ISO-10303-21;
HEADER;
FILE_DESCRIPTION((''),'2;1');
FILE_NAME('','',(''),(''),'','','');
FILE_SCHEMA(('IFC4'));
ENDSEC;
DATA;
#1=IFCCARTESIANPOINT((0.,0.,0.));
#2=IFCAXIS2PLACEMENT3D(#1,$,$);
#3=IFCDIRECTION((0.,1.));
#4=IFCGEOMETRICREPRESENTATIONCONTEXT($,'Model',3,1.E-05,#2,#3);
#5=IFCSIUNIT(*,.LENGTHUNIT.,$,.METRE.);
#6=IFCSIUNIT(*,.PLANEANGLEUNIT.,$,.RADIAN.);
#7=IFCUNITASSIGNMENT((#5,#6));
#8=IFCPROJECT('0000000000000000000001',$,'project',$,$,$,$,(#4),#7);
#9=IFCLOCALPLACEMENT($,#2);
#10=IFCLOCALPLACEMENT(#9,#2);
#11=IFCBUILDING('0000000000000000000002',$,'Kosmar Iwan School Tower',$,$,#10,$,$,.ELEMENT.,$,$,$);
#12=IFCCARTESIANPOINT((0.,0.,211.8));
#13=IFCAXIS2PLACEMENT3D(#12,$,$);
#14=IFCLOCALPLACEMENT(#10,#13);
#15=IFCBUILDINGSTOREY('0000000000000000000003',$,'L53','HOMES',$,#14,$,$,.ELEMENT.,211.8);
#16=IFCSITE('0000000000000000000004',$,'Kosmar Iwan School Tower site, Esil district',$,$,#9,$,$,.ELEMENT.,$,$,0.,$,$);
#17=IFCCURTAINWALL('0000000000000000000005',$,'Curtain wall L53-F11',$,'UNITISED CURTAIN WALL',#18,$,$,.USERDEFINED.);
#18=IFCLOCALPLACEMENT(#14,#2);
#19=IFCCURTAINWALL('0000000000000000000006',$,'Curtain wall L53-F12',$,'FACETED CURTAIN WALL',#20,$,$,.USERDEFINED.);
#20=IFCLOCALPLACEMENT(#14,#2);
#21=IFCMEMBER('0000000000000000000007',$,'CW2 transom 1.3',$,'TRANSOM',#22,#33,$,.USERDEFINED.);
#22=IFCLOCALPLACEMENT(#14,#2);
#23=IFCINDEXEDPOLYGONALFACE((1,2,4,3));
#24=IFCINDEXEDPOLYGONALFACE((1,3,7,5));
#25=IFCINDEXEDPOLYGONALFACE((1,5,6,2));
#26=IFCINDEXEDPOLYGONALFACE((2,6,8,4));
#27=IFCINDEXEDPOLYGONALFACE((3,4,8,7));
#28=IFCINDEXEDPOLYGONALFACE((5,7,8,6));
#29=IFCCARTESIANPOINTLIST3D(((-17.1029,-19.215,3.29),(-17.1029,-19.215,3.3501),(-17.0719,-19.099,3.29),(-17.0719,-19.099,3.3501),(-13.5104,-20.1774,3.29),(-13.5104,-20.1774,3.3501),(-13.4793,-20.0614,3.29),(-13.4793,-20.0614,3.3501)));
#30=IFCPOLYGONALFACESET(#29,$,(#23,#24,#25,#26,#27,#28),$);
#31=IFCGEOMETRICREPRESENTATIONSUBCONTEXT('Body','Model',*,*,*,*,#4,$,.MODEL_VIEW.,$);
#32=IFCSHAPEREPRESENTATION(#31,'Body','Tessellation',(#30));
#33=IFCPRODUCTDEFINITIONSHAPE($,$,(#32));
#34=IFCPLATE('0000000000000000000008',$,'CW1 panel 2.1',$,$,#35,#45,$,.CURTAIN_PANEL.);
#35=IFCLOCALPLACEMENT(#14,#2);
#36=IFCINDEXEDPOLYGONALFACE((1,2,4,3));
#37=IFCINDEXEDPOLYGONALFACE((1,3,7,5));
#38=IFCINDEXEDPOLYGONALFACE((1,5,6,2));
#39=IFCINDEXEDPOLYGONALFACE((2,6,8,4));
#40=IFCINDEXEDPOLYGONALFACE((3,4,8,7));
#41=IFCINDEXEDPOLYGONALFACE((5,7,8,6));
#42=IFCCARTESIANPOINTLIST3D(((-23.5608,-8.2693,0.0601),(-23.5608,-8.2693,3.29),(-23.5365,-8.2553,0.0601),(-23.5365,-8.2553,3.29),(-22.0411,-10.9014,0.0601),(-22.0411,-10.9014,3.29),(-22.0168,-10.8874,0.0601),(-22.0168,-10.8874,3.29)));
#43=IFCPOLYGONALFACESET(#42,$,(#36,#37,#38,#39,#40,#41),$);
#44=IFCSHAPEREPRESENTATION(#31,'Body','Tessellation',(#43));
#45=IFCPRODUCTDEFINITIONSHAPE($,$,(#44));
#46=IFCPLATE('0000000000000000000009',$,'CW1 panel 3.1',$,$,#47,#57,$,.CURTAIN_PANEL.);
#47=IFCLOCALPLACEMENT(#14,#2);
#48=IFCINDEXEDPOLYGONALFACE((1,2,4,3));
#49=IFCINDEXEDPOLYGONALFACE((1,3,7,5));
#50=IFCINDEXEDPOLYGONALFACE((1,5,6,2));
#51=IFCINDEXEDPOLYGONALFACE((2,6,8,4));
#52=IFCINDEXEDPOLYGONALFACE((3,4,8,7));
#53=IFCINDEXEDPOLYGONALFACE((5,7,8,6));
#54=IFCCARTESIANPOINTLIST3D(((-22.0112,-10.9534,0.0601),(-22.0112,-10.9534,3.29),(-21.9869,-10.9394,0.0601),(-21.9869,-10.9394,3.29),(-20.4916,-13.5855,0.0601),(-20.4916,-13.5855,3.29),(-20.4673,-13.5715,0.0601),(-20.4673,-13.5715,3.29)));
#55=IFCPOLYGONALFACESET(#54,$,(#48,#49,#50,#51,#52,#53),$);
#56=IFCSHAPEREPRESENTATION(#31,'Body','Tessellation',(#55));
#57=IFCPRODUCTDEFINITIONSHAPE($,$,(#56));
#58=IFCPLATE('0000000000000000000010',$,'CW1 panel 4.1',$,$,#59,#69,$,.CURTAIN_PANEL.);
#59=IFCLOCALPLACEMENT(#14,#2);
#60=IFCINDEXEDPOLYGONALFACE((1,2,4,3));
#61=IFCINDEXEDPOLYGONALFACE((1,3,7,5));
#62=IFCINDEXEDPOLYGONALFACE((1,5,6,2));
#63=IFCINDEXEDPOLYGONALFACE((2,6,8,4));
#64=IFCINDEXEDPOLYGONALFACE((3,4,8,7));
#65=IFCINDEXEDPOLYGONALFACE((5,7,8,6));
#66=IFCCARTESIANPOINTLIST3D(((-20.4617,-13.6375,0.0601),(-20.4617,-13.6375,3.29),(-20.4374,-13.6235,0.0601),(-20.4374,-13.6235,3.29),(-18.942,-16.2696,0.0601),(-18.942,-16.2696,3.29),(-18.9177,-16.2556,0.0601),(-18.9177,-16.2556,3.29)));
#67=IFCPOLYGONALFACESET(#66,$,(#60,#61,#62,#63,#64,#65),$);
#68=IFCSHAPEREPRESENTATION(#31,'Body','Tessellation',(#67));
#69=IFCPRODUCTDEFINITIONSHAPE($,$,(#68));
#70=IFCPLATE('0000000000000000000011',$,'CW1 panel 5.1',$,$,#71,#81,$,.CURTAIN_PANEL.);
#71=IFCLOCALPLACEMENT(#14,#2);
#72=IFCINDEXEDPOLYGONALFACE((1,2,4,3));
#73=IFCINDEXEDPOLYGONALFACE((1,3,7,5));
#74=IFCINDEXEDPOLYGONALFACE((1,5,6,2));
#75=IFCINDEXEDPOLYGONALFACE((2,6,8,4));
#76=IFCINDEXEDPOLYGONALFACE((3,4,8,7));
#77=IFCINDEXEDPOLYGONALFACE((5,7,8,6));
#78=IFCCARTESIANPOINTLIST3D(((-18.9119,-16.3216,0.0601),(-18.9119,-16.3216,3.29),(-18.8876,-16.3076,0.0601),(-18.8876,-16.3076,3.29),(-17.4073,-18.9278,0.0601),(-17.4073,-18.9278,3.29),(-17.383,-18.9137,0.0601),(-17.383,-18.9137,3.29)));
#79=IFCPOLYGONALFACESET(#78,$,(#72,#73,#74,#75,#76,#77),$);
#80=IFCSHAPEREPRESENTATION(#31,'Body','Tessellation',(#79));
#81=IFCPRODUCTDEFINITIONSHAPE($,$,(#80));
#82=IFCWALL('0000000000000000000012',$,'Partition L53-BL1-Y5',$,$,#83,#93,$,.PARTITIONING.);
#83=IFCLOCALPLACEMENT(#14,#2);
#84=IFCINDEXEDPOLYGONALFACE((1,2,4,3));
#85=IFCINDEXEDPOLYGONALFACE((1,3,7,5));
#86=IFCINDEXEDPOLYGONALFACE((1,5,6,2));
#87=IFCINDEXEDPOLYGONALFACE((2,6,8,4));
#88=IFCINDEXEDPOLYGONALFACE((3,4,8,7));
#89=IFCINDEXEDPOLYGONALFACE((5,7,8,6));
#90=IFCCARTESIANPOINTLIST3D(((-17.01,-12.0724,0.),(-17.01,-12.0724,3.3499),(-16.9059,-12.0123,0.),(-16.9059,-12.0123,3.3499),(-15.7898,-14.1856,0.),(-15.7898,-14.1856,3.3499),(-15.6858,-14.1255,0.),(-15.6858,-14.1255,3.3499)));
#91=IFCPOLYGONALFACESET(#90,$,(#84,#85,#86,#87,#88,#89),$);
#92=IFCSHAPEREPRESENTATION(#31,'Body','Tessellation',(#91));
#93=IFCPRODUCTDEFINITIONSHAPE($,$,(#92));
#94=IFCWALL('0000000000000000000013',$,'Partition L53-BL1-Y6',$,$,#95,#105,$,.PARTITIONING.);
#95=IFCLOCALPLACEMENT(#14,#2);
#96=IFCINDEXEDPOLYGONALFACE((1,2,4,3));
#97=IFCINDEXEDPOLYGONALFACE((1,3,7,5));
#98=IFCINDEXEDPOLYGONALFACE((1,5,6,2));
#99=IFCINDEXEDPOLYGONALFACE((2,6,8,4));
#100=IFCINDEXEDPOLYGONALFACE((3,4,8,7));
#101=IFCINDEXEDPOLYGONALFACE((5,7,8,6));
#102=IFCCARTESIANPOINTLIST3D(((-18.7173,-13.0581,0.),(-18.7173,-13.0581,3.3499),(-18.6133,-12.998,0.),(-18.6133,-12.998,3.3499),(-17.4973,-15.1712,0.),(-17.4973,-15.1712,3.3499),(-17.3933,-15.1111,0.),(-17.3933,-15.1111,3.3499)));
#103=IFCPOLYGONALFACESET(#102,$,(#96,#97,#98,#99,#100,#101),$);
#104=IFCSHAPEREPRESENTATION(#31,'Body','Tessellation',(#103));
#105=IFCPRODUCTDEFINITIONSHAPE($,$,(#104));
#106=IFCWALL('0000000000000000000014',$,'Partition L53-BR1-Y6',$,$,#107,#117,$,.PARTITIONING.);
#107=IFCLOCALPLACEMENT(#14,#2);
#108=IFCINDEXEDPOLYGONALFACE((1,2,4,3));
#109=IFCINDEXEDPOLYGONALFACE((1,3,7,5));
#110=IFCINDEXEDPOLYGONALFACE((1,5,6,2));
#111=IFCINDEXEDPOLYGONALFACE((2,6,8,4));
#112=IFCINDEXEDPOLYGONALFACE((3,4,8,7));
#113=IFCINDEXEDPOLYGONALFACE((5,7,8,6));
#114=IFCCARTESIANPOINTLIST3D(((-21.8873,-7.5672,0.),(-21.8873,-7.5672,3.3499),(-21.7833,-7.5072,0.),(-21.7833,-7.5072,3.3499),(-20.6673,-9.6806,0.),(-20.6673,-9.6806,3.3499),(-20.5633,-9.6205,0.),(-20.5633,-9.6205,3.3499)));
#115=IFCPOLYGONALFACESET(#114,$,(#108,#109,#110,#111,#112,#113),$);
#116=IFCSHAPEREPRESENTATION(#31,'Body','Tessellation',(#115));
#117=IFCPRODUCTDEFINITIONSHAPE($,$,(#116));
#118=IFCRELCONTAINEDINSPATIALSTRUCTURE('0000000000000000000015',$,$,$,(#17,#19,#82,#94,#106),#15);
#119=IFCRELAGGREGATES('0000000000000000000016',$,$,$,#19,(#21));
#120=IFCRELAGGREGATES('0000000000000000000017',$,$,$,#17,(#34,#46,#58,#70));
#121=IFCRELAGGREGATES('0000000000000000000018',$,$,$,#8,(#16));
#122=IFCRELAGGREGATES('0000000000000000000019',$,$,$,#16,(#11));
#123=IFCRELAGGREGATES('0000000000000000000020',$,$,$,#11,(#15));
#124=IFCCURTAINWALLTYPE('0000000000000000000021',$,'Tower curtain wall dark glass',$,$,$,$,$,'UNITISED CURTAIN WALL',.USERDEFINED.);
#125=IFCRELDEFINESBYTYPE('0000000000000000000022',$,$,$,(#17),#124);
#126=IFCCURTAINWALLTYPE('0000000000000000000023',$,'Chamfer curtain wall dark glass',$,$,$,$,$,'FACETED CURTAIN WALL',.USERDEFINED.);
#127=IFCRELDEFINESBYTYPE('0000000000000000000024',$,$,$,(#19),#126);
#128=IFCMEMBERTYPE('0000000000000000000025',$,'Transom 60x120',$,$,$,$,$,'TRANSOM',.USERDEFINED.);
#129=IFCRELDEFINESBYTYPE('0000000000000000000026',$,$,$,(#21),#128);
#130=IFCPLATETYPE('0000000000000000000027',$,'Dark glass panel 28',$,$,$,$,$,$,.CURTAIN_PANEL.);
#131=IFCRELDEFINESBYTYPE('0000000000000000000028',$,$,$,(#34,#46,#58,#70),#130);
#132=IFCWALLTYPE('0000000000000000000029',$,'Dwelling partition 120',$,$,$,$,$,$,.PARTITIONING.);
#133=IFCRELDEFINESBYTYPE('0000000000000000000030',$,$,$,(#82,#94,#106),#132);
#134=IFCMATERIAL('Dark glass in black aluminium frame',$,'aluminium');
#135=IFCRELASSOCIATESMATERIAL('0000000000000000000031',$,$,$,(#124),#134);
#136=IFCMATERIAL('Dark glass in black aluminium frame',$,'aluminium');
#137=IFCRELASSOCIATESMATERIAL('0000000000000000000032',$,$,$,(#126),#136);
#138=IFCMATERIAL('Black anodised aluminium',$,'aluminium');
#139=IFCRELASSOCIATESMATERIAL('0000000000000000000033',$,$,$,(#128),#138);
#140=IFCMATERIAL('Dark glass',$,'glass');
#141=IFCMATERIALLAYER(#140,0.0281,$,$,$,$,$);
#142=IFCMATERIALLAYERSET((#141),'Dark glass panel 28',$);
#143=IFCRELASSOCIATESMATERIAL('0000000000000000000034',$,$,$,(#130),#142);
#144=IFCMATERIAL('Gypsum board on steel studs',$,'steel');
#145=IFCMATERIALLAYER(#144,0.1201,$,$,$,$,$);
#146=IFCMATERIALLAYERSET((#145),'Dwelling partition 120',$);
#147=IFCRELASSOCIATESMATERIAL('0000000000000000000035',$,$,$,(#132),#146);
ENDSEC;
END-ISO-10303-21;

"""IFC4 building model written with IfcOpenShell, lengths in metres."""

from ifc_helpers import new_model, si_unit, direction, frame, frame_2d, origin, origin_2d, place, context, subcontext, project, spatial, rectangle, extrude, material, layer, layer_set, material_profile, profile_set, type_object, element, aggregate, save


model = new_model("IFC4")

# Units and contexts
model_context = context("Model", 3, precision=1e-05, world=origin(), true_north=direction((0.0, 1.0)))
body_context = subcontext(model_context, "Body", "Model", "MODEL_VIEW")
ifc_project = project(units=[si_unit("LENGTHUNIT", "METRE"), si_unit("PLANEANGLEUNIT", "RADIAN")], contexts=[model_context])

# Site, building, storey
site_placement = place(None, origin())
site = spatial("IfcSite", under=ifc_project, at=site_placement, Name="Kosmar Iwan School Tower site, Esil district", CompositionType="ELEMENT", RefElevation=0.0)
building_placement = place(site_placement, origin())
building = spatial("IfcBuilding", under=site, at=building_placement, Name="Kosmar Iwan School Tower", CompositionType="ELEMENT")
storey_placement = place(building_placement, frame((0.0, 0.0, 211.8)))
storey = spatial("IfcBuildingStorey", under=building, at=storey_placement, Name="L53", Description="HOMES", CompositionType="ELEMENT", Elevation=211.8)

# Curtain wall
ifc_material_1 = material(Name="Dark glass in black aluminium frame", Category="aluminium")
curtain_wall_type_1 = type_object("IfcCurtainWallType", Name="Tower curtain wall dark glass", ElementType="UNITISED CURTAIN WALL", PredefinedType="USERDEFINED", material=ifc_material_1)
curtain_wall_1_placement = place(storey_placement, origin())
curtain_wall_1 = element("IfcCurtainWall", 1, at=curtain_wall_1_placement, inside=storey, type_object=curtain_wall_type_1, Name="Curtain wall L53-F11", ObjectType="UNITISED CURTAIN WALL", PredefinedType="USERDEFINED")

# Curtain wall
ifc_material_2 = material(Name="Dark glass in black aluminium frame", Category="aluminium")
curtain_wall_type_2 = type_object("IfcCurtainWallType", Name="Chamfer curtain wall dark glass", ElementType="FACETED CURTAIN WALL", PredefinedType="USERDEFINED", material=ifc_material_2)
curtain_wall_2_placement = place(storey_placement, origin())
curtain_wall_2 = element("IfcCurtainWall", 2, at=curtain_wall_2_placement, inside=storey, type_object=curtain_wall_type_2, Name="Curtain wall L53-F12", ObjectType="FACETED CURTAIN WALL", PredefinedType="USERDEFINED")

# Member
ifc_material_3 = material(Name="Black anodised aluminium", Category="aluminium")
ifc_material_profile_1 = material_profile(ifc_material_3, rectangle(XDim=0.1201, YDim=0.0601, at=origin_2d()), Name="TRANSOM 60x120")
ifc_profile_set_1 = profile_set([ifc_material_profile_1], Name="Black anodised aluminium")
member_type_1 = type_object("IfcMemberType", Name="Transom 60x120", ElementType="TRANSOM", PredefinedType="USERDEFINED", material=ifc_profile_set_1)
member_1_placement = place(storey_placement, frame((-17.0874, -19.157, 3.3201), z_axis=(0.96594, -0.258766, 0.0), x_axis=(0.258766, 0.96594, 0.0)))
member_1 = element("IfcMember", 3, at=member_1_placement, type_object=member_type_1, Name="CW2 transom 1.3", ObjectType="TRANSOM", PredefinedType="USERDEFINED", context=body_context, shape_type="SweptSolid", body=[
    extrude(rectangle(XDim=0.1201, YDim=0.0601, at=origin_2d()), origin(), (0.0, 0.0, 1.0), 3.7192),
])
aggregate(curtain_wall_2, [member_1])

# Plates
ifc_material_4 = material(Name="Dark glass", Category="glass")
ifc_layer_1 = layer(ifc_material_4, 0.0281)
ifc_layer_set_1 = layer_set([ifc_layer_1], Name="Dark glass panel 28")
plate_type = type_object("IfcPlateType", Name="Dark glass panel 28", PredefinedType="CURTAIN_PANEL", material=ifc_layer_set_1)
plate_1_placement = place(storey_placement, frame((-22.7888, -9.5784, 0.0601), z_axis=(0.0, 0.0, 1.0), x_axis=(0.5, -0.866025, 0.0)))
plate_1 = element("IfcPlate", 4, at=plate_1_placement, type_object=plate_type, Name="CW1 panel 2.1", PredefinedType="CURTAIN_PANEL", context=body_context, shape_type="SweptSolid", body=[
    extrude(rectangle(XDim=3.0393, YDim=0.0281, at=origin_2d()), origin(), (0.0, 0.0, 1.0), 3.23),
])
plate_2_placement = place(storey_placement, frame((-21.2393, -12.2625, 0.0601), z_axis=(0.0, 0.0, 1.0), x_axis=(0.5, -0.866025, 0.0)))
plate_2 = element("IfcPlate", 5, at=plate_2_placement, type_object=plate_type, Name="CW1 panel 3.1", PredefinedType="CURTAIN_PANEL", context=body_context, shape_type="SweptSolid", body=[
    extrude(rectangle(XDim=3.0393, YDim=0.0281, at=origin_2d()), origin(), (0.0, 0.0, 1.0), 3.23),
])
plate_3_placement = place(storey_placement, frame((-19.6897, -14.9465, 0.0601), z_axis=(0.0, 0.0, 1.0), x_axis=(0.5, -0.866025, 0.0)))
plate_3 = element("IfcPlate", 6, at=plate_3_placement, type_object=plate_type, Name="CW1 panel 4.1", PredefinedType="CURTAIN_PANEL", context=body_context, shape_type="SweptSolid", body=[
    extrude(rectangle(XDim=3.0393, YDim=0.0281, at=origin_2d()), origin(), (0.0, 0.0, 1.0), 3.23),
])
plate_4_placement = place(storey_placement, frame((-18.1475, -17.6177, 0.0601), z_axis=(0.0, 0.0, 1.0), x_axis=(0.5, -0.866025, 0.0)))
plate_4 = element("IfcPlate", 7, at=plate_4_placement, type_object=plate_type, Name="CW1 panel 5.1", PredefinedType="CURTAIN_PANEL", context=body_context, shape_type="SweptSolid", body=[
    extrude(rectangle(XDim=3.0093, YDim=0.0281, at=origin_2d()), origin(), (0.0, 0.0, 1.0), 3.23),
])
aggregate(curtain_wall_1, [plate_1, plate_2, plate_3, plate_4])

# Walls
ifc_material_5 = material(Name="Gypsum board on steel studs", Category="steel")
ifc_layer_2 = layer(ifc_material_5, 0.1201)
ifc_layer_set_2 = layer_set([ifc_layer_2], Name="Dwelling partition 120")
wall_type = type_object("IfcWallType", Name="Dwelling partition 120", PredefinedType="PARTITIONING", material=ifc_layer_set_2)
wall_1_placement = place(storey_placement, frame((-16.958, -12.0422, 0.0), z_axis=(0.0, 0.0, 1.0), x_axis=(0.500034, -0.866006, 0.0)))
element("IfcWall", 8, at=wall_1_placement, inside=storey, type_object=wall_type, Name="Partition L53-BL1-Y5", PredefinedType="PARTITIONING", context=body_context, shape_type="SweptSolid", body=[
    extrude(rectangle(XDim=2.4402, YDim=0.1201, at=frame_2d((1.2202, 0.0))), origin(), (0.0, 0.0, 1.0), 3.3499),
])
wall_2_placement = place(storey_placement, frame((-18.6653, -13.0281, 0.0), z_axis=(0.0, 0.0, 1.0), x_axis=(0.500003, -0.866024, 0.0)))
element("IfcWall", 9, at=wall_2_placement, inside=storey, type_object=wall_type, Name="Partition L53-BL1-Y6", PredefinedType="PARTITIONING", context=body_context, shape_type="SweptSolid", body=[
    extrude(rectangle(XDim=2.4399, YDim=0.1201, at=frame_2d((1.22, 0.0))), origin(), (0.0, 0.0, 1.0), 3.3499),
])
wall_3_placement = place(storey_placement, frame((-20.6152, -9.6506, 0.0), z_axis=(0.0, 0.0, 1.0), x_axis=(-0.499959, 0.866049, 0.0)))
element("IfcWall", 10, at=wall_3_placement, inside=storey, type_object=wall_type, Name="Partition L53-BR1-Y6", PredefinedType="PARTITIONING", context=body_context, shape_type="SweptSolid", body=[
    extrude(rectangle(XDim=2.4402, YDim=0.1201, at=frame_2d((1.2202, 0.0))), origin(), (0.0, 0.0, 1.0), 3.3499),
])

save(model, "model.ifc")
